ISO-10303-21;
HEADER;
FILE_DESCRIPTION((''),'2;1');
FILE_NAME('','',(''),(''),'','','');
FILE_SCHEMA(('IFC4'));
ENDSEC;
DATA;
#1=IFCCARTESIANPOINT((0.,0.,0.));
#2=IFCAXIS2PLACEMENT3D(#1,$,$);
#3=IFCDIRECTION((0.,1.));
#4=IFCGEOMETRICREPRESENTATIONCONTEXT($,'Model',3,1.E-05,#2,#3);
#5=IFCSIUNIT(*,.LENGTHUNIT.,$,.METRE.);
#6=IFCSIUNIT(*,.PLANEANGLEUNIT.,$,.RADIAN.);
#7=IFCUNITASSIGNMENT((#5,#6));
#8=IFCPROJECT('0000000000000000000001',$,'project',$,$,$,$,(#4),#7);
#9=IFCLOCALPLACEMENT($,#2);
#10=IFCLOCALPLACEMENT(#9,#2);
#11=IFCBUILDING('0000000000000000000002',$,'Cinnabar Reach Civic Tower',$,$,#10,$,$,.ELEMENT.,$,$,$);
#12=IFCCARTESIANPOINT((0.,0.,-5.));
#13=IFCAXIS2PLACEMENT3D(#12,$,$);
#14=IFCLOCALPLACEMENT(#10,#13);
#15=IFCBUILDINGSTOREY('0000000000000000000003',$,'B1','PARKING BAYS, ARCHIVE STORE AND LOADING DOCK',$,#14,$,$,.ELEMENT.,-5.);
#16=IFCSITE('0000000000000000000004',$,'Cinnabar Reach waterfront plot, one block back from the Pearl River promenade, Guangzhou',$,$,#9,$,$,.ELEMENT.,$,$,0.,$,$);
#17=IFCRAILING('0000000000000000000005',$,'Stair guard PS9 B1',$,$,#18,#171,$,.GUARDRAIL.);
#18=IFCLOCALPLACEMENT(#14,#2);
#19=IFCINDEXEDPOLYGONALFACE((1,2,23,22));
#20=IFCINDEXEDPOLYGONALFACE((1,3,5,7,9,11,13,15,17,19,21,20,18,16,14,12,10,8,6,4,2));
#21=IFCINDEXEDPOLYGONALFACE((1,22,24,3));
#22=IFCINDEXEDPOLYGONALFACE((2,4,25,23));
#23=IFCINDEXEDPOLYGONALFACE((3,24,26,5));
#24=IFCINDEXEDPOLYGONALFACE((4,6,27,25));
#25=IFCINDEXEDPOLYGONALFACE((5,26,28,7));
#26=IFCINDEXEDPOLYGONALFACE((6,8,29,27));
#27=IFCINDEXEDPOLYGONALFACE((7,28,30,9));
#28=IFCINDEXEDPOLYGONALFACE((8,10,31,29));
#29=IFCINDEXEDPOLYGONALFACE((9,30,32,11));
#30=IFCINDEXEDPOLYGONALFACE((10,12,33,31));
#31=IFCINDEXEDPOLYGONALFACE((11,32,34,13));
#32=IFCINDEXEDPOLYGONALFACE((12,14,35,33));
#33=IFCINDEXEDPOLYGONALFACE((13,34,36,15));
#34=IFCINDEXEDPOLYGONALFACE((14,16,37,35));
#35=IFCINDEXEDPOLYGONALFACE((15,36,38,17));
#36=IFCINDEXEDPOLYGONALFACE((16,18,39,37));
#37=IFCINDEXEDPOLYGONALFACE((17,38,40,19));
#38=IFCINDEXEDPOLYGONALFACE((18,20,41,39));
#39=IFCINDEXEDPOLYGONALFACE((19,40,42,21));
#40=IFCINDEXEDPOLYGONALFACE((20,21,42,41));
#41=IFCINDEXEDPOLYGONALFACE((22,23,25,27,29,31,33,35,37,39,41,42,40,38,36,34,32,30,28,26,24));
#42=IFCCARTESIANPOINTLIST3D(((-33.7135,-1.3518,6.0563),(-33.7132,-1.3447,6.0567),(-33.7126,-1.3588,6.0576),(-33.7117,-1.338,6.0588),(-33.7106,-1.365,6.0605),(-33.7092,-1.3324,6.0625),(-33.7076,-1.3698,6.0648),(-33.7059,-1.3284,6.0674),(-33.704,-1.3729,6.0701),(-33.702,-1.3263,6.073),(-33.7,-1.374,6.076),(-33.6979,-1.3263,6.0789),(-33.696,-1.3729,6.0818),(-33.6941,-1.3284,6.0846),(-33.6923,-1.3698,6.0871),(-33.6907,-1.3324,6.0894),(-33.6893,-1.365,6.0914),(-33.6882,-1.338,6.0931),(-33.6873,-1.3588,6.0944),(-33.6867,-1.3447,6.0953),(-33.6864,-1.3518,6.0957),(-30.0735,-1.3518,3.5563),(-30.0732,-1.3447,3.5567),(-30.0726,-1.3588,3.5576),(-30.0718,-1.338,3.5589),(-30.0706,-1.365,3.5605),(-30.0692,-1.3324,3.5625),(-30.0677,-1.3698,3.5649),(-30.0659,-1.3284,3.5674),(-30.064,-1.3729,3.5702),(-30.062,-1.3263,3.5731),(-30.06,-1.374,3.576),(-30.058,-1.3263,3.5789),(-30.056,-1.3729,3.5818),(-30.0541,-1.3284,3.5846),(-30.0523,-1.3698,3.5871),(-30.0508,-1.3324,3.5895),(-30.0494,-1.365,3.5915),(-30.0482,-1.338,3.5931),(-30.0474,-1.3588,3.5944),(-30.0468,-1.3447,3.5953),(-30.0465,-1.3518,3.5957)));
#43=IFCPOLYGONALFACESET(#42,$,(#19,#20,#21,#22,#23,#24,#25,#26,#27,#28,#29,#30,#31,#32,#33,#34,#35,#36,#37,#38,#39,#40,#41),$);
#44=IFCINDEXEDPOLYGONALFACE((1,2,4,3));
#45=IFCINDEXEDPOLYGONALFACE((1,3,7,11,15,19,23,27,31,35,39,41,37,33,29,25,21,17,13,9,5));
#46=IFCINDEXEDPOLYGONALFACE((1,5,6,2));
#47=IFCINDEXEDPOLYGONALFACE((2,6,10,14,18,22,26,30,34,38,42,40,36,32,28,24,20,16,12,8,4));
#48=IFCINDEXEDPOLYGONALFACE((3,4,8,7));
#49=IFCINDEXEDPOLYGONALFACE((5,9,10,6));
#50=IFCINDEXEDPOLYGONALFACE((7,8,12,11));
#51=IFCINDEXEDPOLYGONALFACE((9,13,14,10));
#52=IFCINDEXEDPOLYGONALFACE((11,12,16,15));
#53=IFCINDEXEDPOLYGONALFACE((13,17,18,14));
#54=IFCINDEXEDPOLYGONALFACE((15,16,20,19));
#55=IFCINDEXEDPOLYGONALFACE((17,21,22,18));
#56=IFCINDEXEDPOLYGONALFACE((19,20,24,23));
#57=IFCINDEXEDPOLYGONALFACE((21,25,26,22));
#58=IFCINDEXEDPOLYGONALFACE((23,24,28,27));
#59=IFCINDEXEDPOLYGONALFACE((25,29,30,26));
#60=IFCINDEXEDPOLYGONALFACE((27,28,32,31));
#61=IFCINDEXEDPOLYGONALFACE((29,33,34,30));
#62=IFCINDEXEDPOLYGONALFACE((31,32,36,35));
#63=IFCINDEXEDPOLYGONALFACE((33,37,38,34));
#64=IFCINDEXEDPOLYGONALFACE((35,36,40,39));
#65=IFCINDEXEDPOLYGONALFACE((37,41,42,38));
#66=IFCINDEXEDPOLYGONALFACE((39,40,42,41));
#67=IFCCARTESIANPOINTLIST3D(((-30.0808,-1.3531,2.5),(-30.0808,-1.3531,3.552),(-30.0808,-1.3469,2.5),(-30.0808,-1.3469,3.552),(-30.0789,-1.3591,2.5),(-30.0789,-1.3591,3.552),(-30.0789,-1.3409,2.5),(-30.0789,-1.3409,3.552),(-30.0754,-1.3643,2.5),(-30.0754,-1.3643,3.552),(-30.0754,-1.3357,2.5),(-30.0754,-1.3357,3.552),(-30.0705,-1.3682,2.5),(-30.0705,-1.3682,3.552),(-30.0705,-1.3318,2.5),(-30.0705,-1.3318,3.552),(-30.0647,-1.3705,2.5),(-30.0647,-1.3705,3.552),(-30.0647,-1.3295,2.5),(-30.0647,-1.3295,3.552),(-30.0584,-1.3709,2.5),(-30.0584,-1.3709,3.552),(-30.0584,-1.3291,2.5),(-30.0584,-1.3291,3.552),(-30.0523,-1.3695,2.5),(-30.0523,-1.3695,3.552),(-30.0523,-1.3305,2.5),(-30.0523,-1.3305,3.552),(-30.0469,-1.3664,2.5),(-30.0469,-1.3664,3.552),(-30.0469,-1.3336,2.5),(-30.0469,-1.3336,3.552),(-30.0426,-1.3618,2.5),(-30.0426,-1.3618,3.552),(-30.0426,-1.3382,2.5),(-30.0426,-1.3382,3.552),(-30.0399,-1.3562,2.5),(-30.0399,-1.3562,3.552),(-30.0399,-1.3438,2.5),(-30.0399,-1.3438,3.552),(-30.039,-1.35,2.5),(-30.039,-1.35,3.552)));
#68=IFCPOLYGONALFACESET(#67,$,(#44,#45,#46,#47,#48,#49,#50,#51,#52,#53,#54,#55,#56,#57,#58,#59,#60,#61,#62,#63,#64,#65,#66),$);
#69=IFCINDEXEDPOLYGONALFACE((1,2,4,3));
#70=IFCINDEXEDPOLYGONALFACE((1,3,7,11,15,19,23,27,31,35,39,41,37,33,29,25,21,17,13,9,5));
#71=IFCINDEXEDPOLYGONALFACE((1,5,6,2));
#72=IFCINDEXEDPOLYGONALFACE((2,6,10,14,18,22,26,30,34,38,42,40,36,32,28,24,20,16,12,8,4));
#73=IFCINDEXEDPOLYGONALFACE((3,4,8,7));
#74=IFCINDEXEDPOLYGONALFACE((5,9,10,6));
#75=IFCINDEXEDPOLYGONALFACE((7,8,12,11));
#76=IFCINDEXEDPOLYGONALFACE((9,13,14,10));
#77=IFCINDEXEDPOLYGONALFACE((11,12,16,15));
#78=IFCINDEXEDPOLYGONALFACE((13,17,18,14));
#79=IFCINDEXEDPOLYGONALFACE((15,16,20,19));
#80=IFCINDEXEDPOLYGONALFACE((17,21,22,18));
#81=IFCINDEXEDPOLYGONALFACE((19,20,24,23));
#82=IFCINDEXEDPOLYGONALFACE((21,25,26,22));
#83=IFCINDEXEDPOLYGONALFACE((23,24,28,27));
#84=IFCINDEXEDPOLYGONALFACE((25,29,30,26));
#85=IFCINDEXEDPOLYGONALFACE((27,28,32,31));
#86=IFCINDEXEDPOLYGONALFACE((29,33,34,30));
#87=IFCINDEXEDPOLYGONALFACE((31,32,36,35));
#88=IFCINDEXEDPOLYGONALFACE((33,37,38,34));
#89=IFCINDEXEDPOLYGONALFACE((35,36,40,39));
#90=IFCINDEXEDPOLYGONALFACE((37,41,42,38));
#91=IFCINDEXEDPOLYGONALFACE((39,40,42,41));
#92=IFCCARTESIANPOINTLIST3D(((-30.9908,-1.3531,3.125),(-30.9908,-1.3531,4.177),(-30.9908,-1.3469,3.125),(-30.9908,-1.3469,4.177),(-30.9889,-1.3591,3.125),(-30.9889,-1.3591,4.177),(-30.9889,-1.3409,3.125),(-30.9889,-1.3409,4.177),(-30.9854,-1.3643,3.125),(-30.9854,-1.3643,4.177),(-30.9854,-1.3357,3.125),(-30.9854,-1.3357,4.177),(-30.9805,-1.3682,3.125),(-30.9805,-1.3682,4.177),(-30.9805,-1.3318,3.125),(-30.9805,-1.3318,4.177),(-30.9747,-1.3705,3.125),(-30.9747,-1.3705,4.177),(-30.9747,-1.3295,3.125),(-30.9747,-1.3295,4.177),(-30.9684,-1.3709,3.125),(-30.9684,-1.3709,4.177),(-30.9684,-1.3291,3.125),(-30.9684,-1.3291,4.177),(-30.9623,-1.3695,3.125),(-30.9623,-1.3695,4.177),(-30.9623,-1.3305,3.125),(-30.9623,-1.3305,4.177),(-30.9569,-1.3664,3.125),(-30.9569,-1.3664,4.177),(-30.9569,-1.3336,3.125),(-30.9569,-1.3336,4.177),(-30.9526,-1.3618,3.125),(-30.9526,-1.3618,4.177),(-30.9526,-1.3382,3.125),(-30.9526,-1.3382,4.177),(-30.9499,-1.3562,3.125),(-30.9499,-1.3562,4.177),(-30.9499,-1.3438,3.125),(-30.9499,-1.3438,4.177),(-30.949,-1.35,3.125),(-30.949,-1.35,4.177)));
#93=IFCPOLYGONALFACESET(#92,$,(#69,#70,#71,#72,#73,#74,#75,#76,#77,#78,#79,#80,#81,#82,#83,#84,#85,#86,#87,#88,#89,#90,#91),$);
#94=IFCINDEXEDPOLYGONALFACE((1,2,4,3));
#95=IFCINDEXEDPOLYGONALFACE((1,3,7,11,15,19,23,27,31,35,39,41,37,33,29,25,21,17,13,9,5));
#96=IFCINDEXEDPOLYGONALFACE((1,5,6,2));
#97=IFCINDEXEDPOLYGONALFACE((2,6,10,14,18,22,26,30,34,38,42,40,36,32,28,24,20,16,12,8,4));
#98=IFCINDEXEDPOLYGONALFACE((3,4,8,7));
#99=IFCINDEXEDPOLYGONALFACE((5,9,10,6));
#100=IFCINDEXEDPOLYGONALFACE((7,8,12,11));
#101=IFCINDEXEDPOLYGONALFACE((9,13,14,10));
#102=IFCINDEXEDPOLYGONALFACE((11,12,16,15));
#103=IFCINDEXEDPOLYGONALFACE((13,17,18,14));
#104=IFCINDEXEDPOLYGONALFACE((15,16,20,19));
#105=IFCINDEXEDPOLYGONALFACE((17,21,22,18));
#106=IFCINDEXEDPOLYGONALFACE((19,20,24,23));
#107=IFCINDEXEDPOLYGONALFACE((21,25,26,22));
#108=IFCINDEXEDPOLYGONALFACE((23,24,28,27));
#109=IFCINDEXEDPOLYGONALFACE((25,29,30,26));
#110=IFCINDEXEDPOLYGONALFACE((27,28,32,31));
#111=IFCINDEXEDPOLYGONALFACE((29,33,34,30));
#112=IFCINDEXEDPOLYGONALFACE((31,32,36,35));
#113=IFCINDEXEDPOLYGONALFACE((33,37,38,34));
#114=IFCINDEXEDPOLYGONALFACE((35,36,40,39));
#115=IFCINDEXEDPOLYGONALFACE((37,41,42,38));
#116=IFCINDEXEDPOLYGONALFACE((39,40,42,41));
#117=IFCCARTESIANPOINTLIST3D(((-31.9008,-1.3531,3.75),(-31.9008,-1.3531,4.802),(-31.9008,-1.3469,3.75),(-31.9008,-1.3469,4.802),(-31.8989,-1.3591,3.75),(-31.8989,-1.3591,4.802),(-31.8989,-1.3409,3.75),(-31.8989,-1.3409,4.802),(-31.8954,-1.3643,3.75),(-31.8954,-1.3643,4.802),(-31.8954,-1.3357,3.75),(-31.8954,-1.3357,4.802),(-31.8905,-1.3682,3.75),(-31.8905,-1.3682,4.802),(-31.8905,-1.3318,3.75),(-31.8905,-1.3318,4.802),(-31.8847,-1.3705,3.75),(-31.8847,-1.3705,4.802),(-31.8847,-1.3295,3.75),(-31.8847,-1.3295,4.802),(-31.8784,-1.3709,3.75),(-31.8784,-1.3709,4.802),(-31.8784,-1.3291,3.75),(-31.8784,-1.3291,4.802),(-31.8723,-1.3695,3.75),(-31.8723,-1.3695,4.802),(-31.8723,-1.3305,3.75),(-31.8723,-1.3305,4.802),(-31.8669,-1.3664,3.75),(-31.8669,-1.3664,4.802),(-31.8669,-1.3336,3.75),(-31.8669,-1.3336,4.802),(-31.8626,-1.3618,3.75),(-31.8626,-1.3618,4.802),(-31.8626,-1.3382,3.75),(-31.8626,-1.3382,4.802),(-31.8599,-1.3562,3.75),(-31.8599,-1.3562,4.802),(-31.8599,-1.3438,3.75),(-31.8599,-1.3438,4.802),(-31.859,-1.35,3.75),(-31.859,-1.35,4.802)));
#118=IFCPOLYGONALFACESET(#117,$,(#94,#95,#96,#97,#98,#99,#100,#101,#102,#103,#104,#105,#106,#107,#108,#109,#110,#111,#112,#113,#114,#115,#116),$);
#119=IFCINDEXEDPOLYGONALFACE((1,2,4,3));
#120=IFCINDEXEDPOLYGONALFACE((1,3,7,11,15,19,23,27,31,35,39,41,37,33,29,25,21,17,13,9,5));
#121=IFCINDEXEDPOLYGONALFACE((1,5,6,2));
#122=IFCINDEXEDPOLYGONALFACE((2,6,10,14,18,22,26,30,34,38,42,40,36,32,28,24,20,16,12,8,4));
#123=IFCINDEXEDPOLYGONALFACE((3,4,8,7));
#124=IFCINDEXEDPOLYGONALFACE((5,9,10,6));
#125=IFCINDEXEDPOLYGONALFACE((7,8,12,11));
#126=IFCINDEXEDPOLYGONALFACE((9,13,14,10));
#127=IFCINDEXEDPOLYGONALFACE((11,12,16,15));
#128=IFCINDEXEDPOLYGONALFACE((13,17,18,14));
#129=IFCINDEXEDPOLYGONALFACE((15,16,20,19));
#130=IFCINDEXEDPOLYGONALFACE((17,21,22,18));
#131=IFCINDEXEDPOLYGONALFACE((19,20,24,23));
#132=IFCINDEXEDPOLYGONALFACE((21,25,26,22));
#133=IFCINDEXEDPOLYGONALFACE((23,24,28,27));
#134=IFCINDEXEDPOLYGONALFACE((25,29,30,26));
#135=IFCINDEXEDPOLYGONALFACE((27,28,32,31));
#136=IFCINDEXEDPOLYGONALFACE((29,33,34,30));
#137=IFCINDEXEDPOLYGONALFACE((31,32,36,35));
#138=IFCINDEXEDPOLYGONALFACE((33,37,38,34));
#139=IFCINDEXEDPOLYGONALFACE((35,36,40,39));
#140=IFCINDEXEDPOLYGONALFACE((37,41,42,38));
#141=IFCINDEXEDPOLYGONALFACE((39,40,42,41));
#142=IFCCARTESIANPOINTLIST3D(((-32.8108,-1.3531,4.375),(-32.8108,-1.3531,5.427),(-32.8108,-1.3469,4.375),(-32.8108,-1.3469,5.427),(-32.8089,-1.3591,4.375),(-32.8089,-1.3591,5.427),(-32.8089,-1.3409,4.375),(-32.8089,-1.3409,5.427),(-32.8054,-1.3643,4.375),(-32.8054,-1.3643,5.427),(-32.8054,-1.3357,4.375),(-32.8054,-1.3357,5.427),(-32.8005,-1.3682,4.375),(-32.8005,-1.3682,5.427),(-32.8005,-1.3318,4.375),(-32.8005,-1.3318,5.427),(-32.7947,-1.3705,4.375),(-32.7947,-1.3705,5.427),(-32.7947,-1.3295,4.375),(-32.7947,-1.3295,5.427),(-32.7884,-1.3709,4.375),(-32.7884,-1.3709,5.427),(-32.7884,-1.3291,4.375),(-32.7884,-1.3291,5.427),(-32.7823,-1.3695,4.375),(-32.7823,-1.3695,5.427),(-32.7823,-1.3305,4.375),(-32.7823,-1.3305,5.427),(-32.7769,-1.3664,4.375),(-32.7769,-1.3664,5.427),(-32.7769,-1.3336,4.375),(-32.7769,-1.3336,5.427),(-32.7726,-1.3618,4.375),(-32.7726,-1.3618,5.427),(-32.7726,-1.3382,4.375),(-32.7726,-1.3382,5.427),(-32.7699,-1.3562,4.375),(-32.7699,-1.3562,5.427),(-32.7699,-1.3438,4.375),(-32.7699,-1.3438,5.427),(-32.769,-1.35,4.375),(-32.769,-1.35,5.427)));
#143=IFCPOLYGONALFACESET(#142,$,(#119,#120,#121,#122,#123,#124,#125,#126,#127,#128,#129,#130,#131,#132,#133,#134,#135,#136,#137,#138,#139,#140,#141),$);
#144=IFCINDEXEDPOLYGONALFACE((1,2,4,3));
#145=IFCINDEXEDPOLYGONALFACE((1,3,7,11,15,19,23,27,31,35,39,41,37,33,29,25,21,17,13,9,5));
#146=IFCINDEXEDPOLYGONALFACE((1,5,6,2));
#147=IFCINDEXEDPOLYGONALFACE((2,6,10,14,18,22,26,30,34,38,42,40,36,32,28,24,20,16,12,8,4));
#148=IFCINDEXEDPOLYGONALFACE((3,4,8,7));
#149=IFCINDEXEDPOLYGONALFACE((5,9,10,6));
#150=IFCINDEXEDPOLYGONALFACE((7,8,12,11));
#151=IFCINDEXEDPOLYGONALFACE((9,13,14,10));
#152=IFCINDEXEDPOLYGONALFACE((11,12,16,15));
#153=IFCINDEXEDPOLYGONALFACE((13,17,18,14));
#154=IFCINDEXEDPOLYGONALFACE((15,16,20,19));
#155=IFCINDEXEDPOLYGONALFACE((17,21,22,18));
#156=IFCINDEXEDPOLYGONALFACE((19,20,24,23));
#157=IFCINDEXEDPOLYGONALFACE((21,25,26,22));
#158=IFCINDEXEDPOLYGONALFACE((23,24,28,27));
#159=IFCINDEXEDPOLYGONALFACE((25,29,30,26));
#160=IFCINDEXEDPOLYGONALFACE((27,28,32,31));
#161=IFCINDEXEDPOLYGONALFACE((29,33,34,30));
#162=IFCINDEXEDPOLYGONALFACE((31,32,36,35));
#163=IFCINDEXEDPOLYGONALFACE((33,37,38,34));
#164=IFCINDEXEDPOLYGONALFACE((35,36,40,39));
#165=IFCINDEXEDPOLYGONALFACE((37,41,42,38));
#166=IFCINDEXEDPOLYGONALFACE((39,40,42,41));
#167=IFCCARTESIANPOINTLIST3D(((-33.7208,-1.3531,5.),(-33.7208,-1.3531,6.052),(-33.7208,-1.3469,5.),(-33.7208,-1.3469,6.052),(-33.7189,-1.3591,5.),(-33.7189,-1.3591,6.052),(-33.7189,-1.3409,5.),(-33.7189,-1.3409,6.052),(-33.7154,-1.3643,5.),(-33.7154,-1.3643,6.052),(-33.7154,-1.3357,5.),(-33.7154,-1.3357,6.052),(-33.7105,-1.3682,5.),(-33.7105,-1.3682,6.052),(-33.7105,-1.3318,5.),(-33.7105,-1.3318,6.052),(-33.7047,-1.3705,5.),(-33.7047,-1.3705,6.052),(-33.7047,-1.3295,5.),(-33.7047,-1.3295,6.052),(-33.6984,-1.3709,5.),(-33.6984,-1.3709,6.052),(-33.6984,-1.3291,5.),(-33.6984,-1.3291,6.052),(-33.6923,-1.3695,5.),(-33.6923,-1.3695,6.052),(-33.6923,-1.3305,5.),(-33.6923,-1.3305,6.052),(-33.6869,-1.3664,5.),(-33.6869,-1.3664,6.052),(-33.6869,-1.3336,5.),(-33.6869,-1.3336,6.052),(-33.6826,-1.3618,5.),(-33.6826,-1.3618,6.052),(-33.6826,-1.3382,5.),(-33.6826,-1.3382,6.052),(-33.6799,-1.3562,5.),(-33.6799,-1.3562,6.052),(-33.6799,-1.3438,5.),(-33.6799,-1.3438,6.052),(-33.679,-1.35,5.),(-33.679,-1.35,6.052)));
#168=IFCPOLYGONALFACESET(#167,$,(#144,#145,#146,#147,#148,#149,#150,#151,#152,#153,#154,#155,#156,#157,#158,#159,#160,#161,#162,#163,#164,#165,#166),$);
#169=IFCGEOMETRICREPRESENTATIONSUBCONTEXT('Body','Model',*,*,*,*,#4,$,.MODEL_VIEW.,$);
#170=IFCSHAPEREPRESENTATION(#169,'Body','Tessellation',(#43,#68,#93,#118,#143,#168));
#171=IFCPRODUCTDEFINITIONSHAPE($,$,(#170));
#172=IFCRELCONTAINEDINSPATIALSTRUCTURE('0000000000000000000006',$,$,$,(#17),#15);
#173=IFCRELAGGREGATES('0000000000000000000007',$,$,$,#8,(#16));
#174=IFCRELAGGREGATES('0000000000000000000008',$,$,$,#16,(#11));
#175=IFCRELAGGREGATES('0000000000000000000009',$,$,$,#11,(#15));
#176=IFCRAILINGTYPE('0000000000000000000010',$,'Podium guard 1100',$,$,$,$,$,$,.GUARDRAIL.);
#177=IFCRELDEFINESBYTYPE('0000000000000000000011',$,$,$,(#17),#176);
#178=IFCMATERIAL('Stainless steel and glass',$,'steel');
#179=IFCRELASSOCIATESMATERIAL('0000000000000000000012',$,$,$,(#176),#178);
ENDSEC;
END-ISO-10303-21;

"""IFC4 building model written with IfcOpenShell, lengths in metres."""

from ifc_helpers import new_model, si_unit, direction, frame, origin, origin_2d, place, context, subcontext, project, spatial, circle, extrude, material, type_object, element, save


model = new_model("IFC4")

# Units and contexts
model_context = context("Model", 3, precision=1e-05, world=origin(), true_north=direction((0.0, 1.0)))
body_context = subcontext(model_context, "Body", "Model", "MODEL_VIEW")
ifc_project = project(units=[si_unit("LENGTHUNIT", "METRE"), si_unit("PLANEANGLEUNIT", "RADIAN")], contexts=[model_context])

# Site, building, storey
site_placement = place(None, origin())
site = spatial("IfcSite", under=ifc_project, at=site_placement, Name="Cinnabar Reach waterfront plot, one block back from the Pearl River promenade, Guangzhou", CompositionType="ELEMENT", RefElevation=0.0)
building_placement = place(site_placement, origin())
building = spatial("IfcBuilding", under=site, at=building_placement, Name="Cinnabar Reach Civic Tower", CompositionType="ELEMENT")
storey_placement = place(building_placement, frame((0.0, 0.0, -5.0)))
storey = spatial("IfcBuildingStorey", under=building, at=storey_placement, Name="B1", Description="PARKING BAYS, ARCHIVE STORE AND LOADING DOCK", CompositionType="ELEMENT", Elevation=-5.0)

# Railing
ifc_material_1 = material(Name="Stainless steel and glass", Category="steel")
railing_type_1 = type_object("IfcRailingType", Name="Podium guard 1100", PredefinedType="GUARDRAIL", material=ifc_material_1)
railing_1_placement = place(storey_placement, frame((-30.06, -1.35, 2.5)))
element("IfcRailing", 1, at=railing_1_placement, inside=storey, type_object=railing_type_1, Name="Stair guard PS9 B1", PredefinedType="GUARDRAIL", context=body_context, shape_type="SweptSolid", body=[
    extrude(circle(Radius=0.024, at=origin_2d()), frame((0.0, 0.0, 1.076), z_axis=(-0.824306, 0.0, 0.566144), x_axis=(0.0, -1.0, 0.0)), (0.0, 0.0, 1.0), 4.4158),
    extrude(circle(Radius=0.021, at=origin_2d()), origin(), (0.0, 0.0, 1.0), 1.052),
    extrude(circle(Radius=0.021, at=origin_2d()), frame((-0.91, 0.0, 0.625)), (0.0, 0.0, 1.0), 1.052),
    extrude(circle(Radius=0.021, at=origin_2d()), frame((-1.82, 0.0, 1.25)), (0.0, 0.0, 1.0), 1.052),
    extrude(circle(Radius=0.021, at=origin_2d()), frame((-2.73, 0.0, 1.875)), (0.0, 0.0, 1.0), 1.052),
    extrude(circle(Radius=0.021, at=origin_2d()), frame((-3.64, 0.0, 2.5)), (0.0, 0.0, 1.0), 1.052),
])

save(model, "model.ifc")
